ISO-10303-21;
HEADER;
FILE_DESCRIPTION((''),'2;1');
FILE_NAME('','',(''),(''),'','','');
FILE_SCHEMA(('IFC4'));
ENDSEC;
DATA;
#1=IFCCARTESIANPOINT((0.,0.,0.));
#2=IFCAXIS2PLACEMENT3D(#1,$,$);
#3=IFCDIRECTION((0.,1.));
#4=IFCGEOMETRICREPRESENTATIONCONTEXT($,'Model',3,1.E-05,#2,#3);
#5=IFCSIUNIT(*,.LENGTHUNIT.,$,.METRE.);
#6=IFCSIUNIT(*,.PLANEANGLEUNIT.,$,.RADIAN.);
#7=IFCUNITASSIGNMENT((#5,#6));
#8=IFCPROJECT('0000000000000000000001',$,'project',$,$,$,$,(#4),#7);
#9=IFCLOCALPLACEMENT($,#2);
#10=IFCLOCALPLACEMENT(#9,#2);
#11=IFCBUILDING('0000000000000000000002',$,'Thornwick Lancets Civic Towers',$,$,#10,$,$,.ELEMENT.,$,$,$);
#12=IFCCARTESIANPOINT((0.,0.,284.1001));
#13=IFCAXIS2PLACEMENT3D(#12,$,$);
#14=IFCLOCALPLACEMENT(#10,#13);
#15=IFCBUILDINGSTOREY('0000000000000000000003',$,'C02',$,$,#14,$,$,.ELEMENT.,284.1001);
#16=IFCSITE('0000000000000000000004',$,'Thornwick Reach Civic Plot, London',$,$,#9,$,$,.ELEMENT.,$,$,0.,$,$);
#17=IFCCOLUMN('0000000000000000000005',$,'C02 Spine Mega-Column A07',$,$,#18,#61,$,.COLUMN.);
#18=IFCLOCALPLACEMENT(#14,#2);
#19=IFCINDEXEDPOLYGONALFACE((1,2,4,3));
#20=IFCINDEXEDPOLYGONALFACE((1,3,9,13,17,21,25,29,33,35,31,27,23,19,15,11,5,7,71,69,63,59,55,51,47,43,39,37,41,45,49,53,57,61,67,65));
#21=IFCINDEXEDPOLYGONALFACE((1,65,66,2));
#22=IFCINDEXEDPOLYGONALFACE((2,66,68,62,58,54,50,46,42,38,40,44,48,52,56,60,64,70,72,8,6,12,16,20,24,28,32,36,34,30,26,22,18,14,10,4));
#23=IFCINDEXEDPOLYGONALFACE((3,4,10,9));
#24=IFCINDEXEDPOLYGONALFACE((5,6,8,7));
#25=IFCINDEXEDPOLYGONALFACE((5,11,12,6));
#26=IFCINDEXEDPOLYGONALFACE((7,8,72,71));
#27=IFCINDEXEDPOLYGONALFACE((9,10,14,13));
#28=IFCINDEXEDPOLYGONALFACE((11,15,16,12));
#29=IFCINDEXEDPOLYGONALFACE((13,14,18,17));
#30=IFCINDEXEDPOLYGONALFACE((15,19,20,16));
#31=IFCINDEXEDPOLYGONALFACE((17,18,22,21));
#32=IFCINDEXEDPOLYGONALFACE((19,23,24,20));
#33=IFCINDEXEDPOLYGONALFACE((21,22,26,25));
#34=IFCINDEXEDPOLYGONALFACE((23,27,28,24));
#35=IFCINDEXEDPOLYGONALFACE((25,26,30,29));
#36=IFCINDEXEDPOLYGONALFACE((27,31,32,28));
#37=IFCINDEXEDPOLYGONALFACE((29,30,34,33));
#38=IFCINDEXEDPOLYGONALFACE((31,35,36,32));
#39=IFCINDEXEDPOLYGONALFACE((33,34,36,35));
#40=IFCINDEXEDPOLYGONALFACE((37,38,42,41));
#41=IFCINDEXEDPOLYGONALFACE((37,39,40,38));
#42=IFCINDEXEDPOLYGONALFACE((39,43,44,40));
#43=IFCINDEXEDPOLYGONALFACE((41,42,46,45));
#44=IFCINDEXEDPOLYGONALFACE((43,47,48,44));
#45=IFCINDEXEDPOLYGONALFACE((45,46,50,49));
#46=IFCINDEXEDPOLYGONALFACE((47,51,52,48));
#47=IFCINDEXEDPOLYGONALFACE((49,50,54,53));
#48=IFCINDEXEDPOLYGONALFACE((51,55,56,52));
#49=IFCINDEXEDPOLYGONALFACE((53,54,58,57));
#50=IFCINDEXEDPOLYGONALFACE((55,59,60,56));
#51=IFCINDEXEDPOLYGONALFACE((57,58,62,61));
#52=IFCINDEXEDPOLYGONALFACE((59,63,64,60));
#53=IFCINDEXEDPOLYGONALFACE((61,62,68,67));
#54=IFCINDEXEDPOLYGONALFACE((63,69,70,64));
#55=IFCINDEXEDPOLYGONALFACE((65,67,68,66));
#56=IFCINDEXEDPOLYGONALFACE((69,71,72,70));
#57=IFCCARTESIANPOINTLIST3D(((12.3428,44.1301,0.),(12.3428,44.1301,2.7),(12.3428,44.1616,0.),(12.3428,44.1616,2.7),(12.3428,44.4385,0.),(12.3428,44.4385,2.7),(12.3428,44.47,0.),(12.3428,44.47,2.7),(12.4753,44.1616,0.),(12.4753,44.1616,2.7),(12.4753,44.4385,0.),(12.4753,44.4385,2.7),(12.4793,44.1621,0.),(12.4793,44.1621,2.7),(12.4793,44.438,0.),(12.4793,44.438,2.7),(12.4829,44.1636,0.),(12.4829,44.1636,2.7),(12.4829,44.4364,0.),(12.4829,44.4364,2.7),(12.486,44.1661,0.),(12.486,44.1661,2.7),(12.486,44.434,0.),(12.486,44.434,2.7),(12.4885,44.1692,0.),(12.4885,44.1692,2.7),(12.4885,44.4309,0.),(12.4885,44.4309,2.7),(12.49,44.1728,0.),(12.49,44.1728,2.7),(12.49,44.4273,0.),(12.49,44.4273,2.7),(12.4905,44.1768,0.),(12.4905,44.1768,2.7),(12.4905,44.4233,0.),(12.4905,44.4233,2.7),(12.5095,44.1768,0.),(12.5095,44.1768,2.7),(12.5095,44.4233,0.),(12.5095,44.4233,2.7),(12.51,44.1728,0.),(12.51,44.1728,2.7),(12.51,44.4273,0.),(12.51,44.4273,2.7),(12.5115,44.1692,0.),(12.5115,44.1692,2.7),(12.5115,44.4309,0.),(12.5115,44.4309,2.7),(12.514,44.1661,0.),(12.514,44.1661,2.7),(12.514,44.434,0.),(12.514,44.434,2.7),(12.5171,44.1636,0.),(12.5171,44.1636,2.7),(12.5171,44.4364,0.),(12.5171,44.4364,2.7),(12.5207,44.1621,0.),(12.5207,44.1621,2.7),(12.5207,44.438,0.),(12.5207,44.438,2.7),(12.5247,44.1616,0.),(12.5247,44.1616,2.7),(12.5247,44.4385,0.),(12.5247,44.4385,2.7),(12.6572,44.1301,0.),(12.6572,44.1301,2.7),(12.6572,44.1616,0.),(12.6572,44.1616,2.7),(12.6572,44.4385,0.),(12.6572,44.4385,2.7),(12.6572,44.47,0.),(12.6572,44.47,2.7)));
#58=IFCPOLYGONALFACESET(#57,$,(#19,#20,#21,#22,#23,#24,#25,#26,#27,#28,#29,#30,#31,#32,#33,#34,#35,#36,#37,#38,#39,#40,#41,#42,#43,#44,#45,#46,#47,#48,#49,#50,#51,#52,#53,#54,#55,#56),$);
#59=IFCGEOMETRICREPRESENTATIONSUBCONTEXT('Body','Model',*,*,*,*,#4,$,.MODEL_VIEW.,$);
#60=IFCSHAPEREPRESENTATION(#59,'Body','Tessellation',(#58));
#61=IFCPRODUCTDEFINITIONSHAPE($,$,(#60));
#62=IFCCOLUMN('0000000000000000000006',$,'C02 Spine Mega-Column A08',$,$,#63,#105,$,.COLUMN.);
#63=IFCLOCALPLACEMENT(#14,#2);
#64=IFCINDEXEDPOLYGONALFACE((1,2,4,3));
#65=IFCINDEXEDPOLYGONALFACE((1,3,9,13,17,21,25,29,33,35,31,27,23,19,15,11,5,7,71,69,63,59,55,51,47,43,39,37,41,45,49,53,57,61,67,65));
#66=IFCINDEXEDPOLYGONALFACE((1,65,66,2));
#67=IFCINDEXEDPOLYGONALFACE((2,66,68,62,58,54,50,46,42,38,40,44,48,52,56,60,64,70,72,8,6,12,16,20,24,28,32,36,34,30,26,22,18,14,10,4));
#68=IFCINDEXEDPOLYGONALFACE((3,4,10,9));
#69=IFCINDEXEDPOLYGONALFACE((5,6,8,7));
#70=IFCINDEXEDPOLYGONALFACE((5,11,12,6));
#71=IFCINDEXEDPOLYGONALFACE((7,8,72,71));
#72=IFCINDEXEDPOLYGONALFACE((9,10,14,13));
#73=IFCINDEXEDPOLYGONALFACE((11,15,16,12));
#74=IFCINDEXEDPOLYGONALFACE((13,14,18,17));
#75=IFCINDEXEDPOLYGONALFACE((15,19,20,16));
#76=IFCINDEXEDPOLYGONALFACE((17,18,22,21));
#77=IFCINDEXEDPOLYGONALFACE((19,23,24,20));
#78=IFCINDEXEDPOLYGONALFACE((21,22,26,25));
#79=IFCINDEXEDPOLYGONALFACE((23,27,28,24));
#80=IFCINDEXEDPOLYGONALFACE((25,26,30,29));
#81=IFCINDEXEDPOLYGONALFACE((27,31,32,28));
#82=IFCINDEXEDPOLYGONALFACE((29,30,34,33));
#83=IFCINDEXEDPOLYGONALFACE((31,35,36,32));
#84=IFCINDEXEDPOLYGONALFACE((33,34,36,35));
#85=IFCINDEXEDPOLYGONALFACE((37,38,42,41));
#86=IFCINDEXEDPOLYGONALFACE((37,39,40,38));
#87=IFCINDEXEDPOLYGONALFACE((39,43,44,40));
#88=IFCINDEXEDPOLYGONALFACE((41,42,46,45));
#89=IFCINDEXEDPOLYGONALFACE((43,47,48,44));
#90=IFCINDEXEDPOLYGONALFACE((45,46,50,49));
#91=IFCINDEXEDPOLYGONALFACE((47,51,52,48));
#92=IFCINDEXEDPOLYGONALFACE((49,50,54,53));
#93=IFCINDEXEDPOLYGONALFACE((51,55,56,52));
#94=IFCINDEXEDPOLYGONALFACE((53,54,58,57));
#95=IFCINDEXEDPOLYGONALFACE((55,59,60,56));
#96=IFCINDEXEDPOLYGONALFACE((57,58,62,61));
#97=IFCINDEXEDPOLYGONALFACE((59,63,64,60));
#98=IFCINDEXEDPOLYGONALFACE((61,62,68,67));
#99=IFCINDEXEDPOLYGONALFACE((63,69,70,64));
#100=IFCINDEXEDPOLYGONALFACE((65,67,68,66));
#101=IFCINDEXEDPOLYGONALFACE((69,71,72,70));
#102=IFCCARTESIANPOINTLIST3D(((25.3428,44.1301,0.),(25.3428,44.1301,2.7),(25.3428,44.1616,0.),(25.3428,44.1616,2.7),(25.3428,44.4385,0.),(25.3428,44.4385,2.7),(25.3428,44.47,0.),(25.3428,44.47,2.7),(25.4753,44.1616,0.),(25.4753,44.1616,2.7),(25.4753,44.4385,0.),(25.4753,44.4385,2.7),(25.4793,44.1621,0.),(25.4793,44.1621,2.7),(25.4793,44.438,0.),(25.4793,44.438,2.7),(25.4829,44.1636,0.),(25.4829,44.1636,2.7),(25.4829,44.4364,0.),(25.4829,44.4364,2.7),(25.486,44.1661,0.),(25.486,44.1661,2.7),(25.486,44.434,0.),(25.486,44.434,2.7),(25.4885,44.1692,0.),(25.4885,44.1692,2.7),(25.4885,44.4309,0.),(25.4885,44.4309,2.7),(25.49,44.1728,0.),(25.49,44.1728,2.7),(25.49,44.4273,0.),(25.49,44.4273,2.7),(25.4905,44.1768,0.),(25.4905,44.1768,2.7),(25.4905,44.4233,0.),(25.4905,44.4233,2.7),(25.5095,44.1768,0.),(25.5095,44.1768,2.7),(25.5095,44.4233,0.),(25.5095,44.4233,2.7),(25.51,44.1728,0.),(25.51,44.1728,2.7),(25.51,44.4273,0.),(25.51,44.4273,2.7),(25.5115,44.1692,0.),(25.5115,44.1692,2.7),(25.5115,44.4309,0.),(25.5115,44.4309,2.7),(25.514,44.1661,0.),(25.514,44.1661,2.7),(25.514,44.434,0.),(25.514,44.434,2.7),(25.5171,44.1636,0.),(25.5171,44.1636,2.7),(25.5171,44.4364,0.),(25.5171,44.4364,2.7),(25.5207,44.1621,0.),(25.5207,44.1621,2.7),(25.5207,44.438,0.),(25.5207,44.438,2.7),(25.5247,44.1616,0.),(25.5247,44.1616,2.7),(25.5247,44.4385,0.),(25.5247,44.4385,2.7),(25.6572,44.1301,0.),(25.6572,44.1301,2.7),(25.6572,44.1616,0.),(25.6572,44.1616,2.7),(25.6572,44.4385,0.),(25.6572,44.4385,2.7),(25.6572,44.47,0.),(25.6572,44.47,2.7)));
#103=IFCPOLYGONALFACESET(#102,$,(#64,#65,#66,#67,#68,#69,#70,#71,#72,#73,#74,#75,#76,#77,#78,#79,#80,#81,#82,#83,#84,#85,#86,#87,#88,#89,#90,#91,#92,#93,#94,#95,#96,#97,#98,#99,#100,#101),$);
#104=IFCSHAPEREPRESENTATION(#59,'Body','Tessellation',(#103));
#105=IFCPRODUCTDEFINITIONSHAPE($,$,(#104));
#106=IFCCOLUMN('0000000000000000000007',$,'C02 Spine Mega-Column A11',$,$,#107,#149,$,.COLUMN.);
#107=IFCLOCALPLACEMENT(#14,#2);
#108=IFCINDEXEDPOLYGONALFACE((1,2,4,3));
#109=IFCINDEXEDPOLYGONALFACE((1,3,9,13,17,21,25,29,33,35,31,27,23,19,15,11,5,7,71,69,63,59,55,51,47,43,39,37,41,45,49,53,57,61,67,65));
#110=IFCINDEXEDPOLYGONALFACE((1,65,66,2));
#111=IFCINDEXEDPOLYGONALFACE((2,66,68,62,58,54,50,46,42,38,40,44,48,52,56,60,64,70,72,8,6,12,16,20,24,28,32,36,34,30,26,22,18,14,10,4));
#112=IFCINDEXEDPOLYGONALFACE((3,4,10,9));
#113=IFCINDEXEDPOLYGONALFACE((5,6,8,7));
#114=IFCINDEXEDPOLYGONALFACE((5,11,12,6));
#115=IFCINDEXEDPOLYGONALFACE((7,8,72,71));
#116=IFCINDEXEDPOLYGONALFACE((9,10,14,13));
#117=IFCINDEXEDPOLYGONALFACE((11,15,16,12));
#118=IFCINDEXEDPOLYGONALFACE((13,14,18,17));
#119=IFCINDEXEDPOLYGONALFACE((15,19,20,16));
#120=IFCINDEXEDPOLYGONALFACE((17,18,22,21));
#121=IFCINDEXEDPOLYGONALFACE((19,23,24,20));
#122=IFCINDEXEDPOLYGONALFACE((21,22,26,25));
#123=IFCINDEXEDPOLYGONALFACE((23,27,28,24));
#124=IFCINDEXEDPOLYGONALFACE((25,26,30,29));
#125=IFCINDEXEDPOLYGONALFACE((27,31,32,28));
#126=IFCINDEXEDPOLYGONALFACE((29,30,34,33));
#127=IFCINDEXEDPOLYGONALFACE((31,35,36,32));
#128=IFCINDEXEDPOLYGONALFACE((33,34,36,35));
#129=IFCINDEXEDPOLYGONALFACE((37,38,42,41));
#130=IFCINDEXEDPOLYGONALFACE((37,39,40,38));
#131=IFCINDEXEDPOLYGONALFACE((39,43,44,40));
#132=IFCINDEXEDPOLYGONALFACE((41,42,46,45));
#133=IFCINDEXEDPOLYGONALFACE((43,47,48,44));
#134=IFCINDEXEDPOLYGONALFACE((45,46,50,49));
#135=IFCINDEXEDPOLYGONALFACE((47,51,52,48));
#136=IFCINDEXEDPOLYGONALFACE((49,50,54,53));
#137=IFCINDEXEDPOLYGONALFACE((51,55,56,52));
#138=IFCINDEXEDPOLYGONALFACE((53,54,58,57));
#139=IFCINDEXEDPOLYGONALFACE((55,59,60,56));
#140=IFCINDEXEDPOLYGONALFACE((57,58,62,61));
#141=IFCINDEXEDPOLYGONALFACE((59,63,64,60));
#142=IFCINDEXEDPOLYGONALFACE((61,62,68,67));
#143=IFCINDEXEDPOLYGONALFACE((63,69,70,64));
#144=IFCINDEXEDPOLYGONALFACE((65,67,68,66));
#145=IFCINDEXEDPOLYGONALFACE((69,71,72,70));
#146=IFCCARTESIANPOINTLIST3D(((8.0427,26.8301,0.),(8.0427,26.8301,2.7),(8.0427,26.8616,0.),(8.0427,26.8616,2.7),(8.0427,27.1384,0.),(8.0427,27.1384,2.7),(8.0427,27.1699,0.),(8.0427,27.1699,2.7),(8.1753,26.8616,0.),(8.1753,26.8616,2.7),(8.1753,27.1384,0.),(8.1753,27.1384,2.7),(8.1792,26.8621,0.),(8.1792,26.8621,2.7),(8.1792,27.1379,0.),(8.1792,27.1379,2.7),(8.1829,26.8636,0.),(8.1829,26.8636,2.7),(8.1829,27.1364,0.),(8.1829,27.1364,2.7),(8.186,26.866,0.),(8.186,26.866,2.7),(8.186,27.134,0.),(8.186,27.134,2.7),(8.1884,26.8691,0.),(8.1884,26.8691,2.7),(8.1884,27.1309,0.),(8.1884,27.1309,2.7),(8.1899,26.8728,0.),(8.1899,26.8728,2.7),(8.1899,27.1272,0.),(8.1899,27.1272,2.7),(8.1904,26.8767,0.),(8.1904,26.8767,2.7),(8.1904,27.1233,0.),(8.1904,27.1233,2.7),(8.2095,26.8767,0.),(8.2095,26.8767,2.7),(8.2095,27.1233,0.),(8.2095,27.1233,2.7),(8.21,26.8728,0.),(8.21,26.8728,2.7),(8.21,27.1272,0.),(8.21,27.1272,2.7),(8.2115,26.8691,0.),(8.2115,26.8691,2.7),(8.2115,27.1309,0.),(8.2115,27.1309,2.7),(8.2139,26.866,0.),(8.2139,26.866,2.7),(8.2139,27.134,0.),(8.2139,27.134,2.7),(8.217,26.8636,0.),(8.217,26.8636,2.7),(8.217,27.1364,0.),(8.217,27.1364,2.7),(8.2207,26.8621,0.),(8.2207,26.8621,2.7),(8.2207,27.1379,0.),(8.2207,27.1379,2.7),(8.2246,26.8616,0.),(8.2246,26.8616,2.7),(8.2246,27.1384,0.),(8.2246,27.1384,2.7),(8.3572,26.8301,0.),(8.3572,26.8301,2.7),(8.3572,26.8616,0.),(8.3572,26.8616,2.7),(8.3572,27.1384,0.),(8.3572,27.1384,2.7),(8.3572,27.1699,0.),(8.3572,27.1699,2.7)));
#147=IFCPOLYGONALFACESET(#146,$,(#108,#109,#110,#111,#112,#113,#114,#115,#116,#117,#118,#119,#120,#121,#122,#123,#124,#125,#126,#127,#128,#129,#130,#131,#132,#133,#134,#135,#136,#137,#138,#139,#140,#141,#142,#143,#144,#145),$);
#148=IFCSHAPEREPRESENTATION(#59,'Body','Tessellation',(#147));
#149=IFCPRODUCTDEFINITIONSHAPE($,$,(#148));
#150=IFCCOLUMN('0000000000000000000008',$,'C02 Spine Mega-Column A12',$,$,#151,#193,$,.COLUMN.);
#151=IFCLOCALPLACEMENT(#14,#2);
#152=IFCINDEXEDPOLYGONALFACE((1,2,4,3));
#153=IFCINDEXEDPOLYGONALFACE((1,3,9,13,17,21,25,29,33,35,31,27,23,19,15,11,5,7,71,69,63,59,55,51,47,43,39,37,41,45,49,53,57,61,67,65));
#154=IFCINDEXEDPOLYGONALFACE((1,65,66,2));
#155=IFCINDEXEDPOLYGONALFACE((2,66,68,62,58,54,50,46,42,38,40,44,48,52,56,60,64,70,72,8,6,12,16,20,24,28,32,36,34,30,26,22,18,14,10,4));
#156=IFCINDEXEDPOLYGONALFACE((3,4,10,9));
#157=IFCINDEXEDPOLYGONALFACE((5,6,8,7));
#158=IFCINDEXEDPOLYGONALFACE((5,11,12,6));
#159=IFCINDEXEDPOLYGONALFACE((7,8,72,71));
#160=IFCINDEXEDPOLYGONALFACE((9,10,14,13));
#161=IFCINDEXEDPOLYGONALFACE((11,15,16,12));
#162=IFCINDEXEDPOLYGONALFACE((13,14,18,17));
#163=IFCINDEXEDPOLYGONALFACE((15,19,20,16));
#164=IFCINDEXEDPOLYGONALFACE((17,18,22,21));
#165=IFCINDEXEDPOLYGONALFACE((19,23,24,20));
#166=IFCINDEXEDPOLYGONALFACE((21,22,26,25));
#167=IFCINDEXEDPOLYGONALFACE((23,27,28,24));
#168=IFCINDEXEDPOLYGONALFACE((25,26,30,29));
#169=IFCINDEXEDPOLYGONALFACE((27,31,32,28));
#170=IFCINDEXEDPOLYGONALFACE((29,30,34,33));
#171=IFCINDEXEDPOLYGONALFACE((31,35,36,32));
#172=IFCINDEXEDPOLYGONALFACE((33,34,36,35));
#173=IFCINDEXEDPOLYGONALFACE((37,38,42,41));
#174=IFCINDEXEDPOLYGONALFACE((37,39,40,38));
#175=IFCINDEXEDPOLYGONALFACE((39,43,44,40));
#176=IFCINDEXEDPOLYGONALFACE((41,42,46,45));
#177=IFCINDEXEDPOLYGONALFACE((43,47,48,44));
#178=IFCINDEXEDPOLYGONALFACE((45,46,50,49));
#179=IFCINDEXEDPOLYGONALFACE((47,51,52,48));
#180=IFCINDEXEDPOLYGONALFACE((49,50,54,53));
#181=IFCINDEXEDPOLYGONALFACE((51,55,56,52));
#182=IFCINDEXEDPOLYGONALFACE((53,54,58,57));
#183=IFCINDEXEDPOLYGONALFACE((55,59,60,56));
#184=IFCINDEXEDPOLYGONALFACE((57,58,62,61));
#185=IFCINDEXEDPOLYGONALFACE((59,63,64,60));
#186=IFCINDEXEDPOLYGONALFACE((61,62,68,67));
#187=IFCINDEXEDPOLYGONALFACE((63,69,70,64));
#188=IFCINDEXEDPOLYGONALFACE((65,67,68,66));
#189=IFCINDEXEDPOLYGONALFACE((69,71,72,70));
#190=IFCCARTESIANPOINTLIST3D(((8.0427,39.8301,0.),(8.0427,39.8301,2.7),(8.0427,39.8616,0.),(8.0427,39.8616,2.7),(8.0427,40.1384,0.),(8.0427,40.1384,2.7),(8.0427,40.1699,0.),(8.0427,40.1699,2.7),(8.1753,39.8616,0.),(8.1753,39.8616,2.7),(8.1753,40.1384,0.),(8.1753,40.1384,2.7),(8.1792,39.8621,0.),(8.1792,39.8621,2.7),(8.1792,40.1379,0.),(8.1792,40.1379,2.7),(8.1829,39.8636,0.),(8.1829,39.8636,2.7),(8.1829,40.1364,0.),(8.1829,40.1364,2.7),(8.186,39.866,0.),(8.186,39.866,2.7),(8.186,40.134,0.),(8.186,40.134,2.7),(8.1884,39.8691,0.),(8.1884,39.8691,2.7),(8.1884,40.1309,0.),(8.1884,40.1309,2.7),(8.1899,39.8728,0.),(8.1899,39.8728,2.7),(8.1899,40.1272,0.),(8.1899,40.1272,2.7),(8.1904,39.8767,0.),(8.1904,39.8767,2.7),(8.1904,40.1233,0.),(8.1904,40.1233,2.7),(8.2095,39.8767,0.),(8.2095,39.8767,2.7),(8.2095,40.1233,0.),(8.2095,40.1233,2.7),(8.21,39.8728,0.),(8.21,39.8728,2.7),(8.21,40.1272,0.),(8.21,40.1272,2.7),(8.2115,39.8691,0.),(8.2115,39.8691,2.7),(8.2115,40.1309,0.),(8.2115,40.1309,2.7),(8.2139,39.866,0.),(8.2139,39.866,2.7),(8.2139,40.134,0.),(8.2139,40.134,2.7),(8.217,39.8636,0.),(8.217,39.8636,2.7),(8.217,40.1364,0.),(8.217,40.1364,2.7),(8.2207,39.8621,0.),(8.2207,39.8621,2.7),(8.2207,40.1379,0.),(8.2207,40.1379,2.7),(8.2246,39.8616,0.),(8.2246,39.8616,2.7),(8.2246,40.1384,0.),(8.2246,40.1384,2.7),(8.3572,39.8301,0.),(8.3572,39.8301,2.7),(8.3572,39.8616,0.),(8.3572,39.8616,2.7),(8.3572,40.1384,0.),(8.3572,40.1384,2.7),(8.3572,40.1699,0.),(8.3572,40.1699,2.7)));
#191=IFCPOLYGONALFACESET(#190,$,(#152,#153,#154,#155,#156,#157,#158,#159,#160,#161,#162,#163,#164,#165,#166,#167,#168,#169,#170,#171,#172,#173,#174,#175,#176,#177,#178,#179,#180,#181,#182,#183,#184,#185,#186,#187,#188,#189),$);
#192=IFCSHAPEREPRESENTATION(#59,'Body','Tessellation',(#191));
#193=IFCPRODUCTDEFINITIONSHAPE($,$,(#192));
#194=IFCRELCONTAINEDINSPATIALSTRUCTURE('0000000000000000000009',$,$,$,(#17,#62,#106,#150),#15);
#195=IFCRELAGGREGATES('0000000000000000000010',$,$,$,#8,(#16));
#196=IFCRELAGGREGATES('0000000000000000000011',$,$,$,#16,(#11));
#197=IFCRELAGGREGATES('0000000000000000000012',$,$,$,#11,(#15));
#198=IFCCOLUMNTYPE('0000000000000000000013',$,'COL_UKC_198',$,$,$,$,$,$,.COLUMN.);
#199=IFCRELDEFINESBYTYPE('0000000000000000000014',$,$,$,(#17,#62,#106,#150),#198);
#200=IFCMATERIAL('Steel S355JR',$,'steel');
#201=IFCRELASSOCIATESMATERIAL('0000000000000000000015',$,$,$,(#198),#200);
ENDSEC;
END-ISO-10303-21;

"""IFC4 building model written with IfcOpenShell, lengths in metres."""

from ifc_helpers import new_model, si_unit, direction, frame, origin, origin_2d, place, context, subcontext, project, spatial, i_section, extrude, material, material_profile, profile_set, type_object, element, save


model = new_model("IFC4")

# Units and contexts
model_context = context("Model", 3, precision=1e-05, world=origin(), true_north=direction((0.0, 1.0)))
body_context = subcontext(model_context, "Body", "Model", "MODEL_VIEW")
ifc_project = project(units=[si_unit("LENGTHUNIT", "METRE"), si_unit("PLANEANGLEUNIT", "RADIAN")], contexts=[model_context])

# Site, building, storey
site_placement = place(None, origin())
site = spatial("IfcSite", under=ifc_project, at=site_placement, Name="Thornwick Reach Civic Plot, London", CompositionType="ELEMENT", RefElevation=0.0)
building_placement = place(site_placement, origin())
building = spatial("IfcBuilding", under=site, at=building_placement, Name="Thornwick Lancets Civic Towers", CompositionType="ELEMENT")
storey_placement = place(building_placement, frame((0.0, 0.0, 284.1001)))
storey = spatial("IfcBuildingStorey", under=building, at=storey_placement, Name="C02", CompositionType="ELEMENT", Elevation=284.1001)

# Columns
ifc_material_1 = material(Name="Steel S355JR", Category="steel")
ifc_material_profile_1 = material_profile(ifc_material_1, i_section(OverallWidth=0.3145, OverallDepth=0.3398, WebThickness=0.019, FlangeThickness=0.0315, FilletRadius=0.0151, at=origin_2d()), Name="UKC 305x305x198")
ifc_profile_set_1 = profile_set([ifc_material_profile_1], Name="Steel S355JR")
column_type = type_object("IfcColumnType", Name="COL_UKC_198", PredefinedType="COLUMN", material=ifc_profile_set_1)
for number, where, z_axis, x_axis, name in (
    (1, (12.5, 44.3, 0.0), (0.0, 0.0, 1.0), (1.0, 0.0, 0.0), "C02 Spine Mega-Column A07"),
    (2, (25.5, 44.3, 0.0), (0.0, 0.0, 1.0), (1.0, 0.0, 0.0), "C02 Spine Mega-Column A08"),
    (3, (8.2, 27.0, 0.0), (0.0, 0.0, 1.0), (1.0, 0.0, 0.0), "C02 Spine Mega-Column A11"),
    (4, (8.2, 40.0, 0.0), (0.0, 0.0, 1.0), (1.0, 0.0, 0.0), "C02 Spine Mega-Column A12"),
):
    element("IfcColumn", number, at=place(storey_placement, frame(where, z_axis=z_axis, x_axis=x_axis)), inside=storey, type_object=column_type, Name=name, PredefinedType="COLUMN", context=body_context, shape_type="SweptSolid", body=[
        extrude(i_section(OverallWidth=0.3145, OverallDepth=0.3398, WebThickness=0.019, FlangeThickness=0.0315, FilletRadius=0.0151, at=origin_2d()), origin(), (0.0, 0.0, 1.0), 2.7),
    ])

save(model, "model.ifc")
